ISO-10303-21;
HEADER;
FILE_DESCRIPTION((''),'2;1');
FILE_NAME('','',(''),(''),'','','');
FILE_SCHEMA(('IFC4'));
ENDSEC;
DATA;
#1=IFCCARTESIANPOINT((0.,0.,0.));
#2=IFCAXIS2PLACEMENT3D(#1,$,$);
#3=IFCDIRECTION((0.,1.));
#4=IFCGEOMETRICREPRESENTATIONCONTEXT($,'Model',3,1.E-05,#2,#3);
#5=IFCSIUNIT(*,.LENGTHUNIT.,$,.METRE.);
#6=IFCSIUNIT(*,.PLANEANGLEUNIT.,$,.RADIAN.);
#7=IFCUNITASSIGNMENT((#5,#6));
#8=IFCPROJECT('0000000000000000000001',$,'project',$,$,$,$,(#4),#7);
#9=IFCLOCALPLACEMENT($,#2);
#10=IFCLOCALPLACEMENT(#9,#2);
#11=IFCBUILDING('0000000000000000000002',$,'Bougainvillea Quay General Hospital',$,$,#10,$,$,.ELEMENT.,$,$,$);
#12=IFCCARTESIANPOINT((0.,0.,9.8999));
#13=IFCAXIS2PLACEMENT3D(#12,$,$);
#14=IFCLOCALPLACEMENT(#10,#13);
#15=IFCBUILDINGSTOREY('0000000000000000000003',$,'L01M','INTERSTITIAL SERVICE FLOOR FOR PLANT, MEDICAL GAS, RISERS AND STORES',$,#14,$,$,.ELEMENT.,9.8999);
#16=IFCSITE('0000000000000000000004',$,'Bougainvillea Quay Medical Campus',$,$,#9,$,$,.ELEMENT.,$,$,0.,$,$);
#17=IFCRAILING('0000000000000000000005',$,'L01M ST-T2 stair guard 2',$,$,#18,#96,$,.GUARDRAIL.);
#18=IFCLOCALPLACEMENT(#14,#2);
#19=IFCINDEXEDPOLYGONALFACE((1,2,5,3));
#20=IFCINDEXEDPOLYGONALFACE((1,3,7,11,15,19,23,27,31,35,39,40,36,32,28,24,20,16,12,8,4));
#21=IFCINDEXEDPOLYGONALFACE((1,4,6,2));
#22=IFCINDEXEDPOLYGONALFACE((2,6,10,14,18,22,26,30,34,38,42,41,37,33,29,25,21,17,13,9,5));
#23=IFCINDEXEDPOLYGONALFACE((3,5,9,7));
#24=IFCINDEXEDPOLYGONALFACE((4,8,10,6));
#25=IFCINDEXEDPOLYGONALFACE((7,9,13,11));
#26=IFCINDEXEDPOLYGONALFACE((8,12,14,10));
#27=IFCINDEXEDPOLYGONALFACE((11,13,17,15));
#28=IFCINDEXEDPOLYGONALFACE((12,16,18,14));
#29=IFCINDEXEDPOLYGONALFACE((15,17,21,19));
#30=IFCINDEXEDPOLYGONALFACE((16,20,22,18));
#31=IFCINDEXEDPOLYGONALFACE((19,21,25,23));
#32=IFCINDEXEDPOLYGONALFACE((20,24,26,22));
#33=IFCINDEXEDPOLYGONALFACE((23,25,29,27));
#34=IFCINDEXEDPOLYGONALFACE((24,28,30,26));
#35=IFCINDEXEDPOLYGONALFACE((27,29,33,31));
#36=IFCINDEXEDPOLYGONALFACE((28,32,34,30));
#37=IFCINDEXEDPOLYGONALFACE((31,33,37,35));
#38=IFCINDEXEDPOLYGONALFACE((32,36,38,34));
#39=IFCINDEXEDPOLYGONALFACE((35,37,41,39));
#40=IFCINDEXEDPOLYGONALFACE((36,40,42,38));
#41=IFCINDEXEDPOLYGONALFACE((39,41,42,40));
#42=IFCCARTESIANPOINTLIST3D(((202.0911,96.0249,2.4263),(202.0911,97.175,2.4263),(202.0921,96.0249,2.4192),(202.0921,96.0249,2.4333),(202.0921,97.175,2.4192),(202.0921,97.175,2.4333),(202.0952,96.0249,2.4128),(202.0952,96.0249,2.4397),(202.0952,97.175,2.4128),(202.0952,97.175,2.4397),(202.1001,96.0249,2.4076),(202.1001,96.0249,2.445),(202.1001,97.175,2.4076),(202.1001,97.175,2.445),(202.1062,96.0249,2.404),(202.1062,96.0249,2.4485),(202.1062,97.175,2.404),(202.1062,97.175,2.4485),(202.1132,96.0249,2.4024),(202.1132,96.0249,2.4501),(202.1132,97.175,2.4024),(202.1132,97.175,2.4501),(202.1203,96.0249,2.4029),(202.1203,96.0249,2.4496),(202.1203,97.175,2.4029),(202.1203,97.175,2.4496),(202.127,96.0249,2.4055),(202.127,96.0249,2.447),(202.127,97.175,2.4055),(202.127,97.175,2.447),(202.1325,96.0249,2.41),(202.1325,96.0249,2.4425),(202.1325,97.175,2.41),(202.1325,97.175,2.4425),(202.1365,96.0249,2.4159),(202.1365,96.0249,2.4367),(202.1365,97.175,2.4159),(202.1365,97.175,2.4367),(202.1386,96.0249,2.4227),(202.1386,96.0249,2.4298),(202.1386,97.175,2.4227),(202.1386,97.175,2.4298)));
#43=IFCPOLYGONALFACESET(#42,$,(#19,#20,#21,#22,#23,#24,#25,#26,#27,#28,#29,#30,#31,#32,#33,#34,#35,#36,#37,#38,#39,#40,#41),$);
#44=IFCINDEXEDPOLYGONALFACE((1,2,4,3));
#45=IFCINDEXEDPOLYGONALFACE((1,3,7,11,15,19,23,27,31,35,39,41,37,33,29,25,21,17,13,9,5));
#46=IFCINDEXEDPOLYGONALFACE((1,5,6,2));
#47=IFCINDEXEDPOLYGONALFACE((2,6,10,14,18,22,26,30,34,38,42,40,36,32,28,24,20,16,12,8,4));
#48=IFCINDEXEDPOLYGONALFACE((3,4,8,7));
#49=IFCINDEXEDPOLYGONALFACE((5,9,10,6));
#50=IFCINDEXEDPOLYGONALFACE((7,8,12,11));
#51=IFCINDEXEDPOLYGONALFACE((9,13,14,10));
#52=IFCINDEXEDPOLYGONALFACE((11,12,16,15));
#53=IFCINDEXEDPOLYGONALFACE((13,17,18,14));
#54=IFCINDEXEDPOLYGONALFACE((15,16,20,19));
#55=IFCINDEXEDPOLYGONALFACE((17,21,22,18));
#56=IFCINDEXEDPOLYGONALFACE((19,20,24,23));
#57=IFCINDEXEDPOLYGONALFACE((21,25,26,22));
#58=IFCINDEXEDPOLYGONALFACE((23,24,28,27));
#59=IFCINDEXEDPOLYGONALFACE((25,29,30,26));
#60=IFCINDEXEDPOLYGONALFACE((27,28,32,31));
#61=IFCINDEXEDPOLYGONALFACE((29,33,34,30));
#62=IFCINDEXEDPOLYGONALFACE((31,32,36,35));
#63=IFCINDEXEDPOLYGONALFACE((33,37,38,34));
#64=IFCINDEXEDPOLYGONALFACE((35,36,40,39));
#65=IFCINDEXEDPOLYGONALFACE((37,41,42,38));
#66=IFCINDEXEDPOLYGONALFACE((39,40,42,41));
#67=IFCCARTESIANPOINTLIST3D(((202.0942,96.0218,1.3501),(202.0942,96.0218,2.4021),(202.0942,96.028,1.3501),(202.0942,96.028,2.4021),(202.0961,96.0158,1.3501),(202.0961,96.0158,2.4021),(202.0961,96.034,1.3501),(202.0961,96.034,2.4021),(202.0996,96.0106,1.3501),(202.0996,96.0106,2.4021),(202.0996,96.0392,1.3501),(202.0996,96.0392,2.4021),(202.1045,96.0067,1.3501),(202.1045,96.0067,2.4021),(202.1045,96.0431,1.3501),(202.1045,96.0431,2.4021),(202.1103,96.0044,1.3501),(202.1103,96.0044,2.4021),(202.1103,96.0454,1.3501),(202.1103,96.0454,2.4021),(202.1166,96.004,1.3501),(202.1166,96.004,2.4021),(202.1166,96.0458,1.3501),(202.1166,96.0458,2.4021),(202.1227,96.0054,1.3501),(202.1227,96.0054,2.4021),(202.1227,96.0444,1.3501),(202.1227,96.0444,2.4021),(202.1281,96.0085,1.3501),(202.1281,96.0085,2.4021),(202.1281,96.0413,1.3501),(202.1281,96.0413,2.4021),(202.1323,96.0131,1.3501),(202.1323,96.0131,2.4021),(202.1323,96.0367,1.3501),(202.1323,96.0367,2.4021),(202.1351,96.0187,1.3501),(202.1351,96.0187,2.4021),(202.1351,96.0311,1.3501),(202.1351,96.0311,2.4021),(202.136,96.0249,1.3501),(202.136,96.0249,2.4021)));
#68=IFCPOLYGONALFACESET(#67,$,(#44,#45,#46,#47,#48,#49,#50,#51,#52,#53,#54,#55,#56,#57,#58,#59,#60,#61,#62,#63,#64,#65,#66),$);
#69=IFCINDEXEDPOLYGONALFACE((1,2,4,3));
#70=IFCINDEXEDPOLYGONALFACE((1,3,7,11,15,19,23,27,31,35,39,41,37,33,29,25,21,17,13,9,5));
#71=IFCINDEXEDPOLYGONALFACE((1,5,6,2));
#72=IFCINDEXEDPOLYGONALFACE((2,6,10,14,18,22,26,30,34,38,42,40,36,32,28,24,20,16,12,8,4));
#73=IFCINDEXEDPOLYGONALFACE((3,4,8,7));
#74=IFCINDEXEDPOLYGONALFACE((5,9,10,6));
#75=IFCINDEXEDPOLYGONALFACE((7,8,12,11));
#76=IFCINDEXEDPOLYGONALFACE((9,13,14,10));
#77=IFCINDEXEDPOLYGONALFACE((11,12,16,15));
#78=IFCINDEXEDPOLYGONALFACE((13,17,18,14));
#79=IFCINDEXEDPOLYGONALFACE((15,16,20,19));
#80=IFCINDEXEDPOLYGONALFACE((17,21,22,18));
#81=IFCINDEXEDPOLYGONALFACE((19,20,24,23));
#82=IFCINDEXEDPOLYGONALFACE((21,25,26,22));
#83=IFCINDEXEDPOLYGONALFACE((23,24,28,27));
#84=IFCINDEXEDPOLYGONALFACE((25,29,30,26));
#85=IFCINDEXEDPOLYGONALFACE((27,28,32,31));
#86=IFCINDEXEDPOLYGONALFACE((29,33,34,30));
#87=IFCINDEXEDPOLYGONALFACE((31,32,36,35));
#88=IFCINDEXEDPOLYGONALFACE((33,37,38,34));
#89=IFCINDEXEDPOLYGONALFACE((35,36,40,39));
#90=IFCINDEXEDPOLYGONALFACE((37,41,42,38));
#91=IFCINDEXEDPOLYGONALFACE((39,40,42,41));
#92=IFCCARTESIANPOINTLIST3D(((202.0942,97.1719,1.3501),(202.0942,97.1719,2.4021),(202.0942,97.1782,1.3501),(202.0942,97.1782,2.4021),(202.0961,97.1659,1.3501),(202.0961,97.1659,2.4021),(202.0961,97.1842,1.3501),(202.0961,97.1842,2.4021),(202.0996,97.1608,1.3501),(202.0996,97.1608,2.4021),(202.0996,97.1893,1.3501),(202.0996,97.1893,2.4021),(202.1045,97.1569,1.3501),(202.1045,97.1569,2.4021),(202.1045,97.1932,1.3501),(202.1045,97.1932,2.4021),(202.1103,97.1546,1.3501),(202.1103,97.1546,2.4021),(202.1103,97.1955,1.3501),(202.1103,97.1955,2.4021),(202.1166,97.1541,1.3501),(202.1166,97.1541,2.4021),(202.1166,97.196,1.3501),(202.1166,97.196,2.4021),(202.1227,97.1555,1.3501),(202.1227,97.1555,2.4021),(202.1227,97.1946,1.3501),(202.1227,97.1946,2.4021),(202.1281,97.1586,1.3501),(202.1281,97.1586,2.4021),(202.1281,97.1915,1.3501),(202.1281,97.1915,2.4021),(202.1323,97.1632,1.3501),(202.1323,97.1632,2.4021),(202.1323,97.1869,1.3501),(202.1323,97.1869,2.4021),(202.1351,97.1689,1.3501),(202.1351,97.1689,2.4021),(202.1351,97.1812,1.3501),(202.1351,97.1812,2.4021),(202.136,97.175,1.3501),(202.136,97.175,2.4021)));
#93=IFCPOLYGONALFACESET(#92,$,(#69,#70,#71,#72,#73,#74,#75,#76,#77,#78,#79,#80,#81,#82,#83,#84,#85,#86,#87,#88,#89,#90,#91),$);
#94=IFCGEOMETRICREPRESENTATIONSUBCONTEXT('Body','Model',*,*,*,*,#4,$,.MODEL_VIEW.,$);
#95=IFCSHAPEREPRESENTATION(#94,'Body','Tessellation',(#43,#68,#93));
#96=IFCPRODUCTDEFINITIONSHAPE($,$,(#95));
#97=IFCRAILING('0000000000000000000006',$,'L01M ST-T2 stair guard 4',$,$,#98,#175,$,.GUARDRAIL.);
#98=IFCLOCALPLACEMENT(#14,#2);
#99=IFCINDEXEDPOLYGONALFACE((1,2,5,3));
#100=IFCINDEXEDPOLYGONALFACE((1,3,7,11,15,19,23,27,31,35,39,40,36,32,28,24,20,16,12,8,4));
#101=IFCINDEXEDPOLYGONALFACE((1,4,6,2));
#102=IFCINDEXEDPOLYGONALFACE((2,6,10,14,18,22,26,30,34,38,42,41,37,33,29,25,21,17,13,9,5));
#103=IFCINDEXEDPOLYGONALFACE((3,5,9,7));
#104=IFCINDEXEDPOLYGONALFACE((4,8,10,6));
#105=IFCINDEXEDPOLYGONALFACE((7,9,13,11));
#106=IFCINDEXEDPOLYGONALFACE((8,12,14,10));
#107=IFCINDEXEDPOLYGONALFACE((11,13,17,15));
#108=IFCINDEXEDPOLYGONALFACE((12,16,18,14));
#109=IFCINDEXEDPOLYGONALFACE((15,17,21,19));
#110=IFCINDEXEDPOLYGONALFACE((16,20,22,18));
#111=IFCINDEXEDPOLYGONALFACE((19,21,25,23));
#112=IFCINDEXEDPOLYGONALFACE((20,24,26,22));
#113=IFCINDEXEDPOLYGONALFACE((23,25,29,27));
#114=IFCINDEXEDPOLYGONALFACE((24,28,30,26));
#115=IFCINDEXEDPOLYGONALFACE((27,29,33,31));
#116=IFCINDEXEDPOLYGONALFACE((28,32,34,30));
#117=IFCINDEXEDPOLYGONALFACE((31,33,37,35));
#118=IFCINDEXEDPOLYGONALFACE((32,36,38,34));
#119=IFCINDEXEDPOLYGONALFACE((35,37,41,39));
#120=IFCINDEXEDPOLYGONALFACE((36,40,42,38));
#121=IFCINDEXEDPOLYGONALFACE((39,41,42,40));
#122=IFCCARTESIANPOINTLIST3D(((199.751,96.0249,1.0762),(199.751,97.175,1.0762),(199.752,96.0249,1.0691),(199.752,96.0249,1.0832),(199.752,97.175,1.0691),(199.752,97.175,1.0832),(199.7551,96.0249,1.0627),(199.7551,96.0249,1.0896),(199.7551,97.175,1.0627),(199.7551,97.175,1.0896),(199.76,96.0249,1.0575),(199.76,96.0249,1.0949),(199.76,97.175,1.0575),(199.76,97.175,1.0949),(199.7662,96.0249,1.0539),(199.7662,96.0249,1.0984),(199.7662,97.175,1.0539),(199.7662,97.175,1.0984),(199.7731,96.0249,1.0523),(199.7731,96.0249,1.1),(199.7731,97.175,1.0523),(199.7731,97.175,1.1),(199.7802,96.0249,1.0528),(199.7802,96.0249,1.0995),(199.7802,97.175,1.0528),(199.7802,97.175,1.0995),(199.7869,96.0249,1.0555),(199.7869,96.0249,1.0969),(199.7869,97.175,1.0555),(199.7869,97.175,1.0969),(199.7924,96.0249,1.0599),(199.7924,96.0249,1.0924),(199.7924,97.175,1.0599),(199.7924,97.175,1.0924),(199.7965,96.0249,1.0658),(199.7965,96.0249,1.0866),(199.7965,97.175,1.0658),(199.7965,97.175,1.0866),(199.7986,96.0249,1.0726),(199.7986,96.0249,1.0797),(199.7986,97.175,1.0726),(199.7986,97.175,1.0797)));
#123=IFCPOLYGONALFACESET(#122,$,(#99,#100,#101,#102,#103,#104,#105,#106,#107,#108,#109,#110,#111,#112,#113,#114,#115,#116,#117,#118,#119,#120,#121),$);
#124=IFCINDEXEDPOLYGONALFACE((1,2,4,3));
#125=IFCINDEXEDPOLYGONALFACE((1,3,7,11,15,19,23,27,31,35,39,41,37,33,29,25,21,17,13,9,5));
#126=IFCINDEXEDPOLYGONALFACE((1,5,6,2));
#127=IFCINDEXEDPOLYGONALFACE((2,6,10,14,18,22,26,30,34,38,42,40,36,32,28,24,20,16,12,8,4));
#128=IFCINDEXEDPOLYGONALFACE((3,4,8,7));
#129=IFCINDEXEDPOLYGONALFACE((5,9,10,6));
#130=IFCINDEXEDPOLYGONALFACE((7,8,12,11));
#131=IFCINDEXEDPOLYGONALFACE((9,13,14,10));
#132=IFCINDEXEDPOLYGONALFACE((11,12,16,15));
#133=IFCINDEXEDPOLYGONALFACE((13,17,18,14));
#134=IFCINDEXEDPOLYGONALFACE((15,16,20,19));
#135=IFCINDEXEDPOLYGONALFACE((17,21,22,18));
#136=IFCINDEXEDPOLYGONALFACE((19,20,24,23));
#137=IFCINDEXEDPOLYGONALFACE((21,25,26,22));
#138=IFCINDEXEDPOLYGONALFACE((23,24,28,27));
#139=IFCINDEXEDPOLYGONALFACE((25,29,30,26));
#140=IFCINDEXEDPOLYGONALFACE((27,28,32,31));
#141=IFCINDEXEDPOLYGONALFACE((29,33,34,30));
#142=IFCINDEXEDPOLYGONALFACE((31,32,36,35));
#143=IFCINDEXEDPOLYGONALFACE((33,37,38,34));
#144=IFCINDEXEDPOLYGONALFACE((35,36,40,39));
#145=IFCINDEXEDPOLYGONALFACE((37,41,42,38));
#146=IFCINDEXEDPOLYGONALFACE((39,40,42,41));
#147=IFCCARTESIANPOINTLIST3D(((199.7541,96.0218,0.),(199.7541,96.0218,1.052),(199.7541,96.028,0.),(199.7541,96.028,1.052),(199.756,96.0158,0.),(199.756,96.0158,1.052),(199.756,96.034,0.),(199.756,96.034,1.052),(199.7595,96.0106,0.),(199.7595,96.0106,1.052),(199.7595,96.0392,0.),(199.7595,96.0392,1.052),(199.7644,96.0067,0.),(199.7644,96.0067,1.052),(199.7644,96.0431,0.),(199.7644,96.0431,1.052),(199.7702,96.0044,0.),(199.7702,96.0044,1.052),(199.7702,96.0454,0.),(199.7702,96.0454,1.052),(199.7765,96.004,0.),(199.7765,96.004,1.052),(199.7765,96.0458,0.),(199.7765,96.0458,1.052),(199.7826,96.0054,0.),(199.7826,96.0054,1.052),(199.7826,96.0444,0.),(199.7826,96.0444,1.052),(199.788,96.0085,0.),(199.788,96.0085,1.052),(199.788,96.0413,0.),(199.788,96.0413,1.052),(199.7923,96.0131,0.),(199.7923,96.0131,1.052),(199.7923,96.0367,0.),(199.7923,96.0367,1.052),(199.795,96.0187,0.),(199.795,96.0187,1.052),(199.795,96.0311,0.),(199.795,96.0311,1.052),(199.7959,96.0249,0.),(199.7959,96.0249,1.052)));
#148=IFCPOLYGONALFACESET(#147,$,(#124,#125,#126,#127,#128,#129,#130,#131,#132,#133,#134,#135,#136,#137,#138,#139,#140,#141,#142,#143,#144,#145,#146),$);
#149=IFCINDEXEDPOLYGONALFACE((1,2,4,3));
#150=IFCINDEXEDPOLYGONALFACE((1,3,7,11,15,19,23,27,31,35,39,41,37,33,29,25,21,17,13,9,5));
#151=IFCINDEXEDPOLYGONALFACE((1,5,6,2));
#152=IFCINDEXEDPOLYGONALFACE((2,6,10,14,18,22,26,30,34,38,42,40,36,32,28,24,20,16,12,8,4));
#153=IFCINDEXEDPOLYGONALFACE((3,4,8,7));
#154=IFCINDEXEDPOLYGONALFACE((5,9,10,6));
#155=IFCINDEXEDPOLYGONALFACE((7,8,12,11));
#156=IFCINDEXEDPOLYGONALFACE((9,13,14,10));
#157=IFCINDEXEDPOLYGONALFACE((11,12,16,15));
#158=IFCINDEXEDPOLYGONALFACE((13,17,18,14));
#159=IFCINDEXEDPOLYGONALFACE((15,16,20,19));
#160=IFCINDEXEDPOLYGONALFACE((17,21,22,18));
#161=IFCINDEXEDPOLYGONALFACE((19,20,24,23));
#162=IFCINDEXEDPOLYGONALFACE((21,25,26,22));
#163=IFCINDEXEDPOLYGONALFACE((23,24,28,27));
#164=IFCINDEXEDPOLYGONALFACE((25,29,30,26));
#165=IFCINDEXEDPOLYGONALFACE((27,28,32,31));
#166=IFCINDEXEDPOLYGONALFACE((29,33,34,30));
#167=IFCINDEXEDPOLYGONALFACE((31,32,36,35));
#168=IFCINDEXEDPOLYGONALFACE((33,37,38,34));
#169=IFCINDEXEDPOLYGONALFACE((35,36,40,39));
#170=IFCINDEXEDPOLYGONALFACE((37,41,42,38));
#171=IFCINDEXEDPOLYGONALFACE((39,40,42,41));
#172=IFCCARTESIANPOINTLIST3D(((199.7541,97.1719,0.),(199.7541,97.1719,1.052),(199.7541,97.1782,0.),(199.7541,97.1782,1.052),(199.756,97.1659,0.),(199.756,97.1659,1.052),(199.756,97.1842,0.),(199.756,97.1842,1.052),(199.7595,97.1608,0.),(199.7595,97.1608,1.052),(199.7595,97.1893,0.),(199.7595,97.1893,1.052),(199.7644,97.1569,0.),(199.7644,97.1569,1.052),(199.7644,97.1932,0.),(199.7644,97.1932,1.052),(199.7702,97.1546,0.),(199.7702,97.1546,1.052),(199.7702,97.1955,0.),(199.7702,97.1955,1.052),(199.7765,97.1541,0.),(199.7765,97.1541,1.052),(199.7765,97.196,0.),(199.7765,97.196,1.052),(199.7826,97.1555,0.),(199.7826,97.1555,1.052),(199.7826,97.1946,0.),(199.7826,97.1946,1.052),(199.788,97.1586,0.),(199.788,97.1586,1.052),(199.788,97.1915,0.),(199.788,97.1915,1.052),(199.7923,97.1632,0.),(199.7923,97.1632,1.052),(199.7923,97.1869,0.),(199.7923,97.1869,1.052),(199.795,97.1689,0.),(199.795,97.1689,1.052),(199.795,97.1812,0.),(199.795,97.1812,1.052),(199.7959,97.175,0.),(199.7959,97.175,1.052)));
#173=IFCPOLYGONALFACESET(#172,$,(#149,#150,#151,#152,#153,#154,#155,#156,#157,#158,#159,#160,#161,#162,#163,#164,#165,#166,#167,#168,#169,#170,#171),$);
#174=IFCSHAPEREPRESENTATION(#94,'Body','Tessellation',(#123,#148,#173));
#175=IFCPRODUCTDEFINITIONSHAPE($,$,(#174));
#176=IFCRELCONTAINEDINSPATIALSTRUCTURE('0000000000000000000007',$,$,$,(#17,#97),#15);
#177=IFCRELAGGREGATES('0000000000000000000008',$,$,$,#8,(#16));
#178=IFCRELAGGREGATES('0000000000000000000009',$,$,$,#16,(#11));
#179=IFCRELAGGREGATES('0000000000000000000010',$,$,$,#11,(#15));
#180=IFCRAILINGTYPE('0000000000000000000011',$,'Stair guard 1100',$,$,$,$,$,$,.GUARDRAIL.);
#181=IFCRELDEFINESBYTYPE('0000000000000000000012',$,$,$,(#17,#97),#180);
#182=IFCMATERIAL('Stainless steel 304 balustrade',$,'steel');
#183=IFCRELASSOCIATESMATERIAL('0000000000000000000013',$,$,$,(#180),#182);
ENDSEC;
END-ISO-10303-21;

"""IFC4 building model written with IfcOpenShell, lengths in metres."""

from ifc_helpers import new_model, si_unit, direction, frame, origin, origin_2d, place, context, subcontext, project, spatial, circle, extrude, material, type_object, element, save


model = new_model("IFC4")

# Units and contexts
model_context = context("Model", 3, precision=1e-05, world=origin(), true_north=direction((0.0, 1.0)))
body_context = subcontext(model_context, "Body", "Model", "MODEL_VIEW")
ifc_project = project(units=[si_unit("LENGTHUNIT", "METRE"), si_unit("PLANEANGLEUNIT", "RADIAN")], contexts=[model_context])

# Site, building, storey
site_placement = place(None, origin())
site = spatial("IfcSite", under=ifc_project, at=site_placement, Name="Bougainvillea Quay Medical Campus", CompositionType="ELEMENT", RefElevation=0.0)
building_placement = place(site_placement, origin())
building = spatial("IfcBuilding", under=site, at=building_placement, Name="Bougainvillea Quay General Hospital", CompositionType="ELEMENT")
storey_placement = place(building_placement, frame((0.0, 0.0, 9.8999)))
storey = spatial("IfcBuildingStorey", under=building, at=storey_placement, Name="L01M", Description="INTERSTITIAL SERVICE FLOOR FOR PLANT, MEDICAL GAS, RISERS AND STORES", CompositionType="ELEMENT", Elevation=9.8999)

# Railings
ifc_material_1 = material(Name="Stainless steel 304 balustrade", Category="steel")
railing_type_1 = type_object("IfcRailingType", Name="Stair guard 1100", PredefinedType="GUARDRAIL", material=ifc_material_1)
for number, where, name in (
    (1, (202.115, 96.0249, 1.3501), "L01M ST-T2 stair guard 2"),
    (2, (199.7749, 96.0249, 0.0), "L01M ST-T2 stair guard 4"),
):
    element("IfcRailing", number, at=place(storey_placement, frame(where)), inside=storey, type_object=railing_type_1, Name=name, PredefinedType="GUARDRAIL", context=body_context, shape_type="SweptSolid", body=[
        extrude(circle(Radius=0.0239, at=origin_2d()), frame((0.0, 0.0, 1.0762), z_axis=(0.0, 1.0, 0.0), x_axis=(-1.0, 0.0, 0.0)), (0.0, 0.0, 1.0), 1.1501),
        extrude(circle(Radius=0.021, at=origin_2d()), origin(), (0.0, 0.0, 1.0), 1.052),
        extrude(circle(Radius=0.021, at=origin_2d()), frame((0.0, 1.1501, 0.0)), (0.0, 0.0, 1.0), 1.052),
    ])

save(model, "model.ifc")
